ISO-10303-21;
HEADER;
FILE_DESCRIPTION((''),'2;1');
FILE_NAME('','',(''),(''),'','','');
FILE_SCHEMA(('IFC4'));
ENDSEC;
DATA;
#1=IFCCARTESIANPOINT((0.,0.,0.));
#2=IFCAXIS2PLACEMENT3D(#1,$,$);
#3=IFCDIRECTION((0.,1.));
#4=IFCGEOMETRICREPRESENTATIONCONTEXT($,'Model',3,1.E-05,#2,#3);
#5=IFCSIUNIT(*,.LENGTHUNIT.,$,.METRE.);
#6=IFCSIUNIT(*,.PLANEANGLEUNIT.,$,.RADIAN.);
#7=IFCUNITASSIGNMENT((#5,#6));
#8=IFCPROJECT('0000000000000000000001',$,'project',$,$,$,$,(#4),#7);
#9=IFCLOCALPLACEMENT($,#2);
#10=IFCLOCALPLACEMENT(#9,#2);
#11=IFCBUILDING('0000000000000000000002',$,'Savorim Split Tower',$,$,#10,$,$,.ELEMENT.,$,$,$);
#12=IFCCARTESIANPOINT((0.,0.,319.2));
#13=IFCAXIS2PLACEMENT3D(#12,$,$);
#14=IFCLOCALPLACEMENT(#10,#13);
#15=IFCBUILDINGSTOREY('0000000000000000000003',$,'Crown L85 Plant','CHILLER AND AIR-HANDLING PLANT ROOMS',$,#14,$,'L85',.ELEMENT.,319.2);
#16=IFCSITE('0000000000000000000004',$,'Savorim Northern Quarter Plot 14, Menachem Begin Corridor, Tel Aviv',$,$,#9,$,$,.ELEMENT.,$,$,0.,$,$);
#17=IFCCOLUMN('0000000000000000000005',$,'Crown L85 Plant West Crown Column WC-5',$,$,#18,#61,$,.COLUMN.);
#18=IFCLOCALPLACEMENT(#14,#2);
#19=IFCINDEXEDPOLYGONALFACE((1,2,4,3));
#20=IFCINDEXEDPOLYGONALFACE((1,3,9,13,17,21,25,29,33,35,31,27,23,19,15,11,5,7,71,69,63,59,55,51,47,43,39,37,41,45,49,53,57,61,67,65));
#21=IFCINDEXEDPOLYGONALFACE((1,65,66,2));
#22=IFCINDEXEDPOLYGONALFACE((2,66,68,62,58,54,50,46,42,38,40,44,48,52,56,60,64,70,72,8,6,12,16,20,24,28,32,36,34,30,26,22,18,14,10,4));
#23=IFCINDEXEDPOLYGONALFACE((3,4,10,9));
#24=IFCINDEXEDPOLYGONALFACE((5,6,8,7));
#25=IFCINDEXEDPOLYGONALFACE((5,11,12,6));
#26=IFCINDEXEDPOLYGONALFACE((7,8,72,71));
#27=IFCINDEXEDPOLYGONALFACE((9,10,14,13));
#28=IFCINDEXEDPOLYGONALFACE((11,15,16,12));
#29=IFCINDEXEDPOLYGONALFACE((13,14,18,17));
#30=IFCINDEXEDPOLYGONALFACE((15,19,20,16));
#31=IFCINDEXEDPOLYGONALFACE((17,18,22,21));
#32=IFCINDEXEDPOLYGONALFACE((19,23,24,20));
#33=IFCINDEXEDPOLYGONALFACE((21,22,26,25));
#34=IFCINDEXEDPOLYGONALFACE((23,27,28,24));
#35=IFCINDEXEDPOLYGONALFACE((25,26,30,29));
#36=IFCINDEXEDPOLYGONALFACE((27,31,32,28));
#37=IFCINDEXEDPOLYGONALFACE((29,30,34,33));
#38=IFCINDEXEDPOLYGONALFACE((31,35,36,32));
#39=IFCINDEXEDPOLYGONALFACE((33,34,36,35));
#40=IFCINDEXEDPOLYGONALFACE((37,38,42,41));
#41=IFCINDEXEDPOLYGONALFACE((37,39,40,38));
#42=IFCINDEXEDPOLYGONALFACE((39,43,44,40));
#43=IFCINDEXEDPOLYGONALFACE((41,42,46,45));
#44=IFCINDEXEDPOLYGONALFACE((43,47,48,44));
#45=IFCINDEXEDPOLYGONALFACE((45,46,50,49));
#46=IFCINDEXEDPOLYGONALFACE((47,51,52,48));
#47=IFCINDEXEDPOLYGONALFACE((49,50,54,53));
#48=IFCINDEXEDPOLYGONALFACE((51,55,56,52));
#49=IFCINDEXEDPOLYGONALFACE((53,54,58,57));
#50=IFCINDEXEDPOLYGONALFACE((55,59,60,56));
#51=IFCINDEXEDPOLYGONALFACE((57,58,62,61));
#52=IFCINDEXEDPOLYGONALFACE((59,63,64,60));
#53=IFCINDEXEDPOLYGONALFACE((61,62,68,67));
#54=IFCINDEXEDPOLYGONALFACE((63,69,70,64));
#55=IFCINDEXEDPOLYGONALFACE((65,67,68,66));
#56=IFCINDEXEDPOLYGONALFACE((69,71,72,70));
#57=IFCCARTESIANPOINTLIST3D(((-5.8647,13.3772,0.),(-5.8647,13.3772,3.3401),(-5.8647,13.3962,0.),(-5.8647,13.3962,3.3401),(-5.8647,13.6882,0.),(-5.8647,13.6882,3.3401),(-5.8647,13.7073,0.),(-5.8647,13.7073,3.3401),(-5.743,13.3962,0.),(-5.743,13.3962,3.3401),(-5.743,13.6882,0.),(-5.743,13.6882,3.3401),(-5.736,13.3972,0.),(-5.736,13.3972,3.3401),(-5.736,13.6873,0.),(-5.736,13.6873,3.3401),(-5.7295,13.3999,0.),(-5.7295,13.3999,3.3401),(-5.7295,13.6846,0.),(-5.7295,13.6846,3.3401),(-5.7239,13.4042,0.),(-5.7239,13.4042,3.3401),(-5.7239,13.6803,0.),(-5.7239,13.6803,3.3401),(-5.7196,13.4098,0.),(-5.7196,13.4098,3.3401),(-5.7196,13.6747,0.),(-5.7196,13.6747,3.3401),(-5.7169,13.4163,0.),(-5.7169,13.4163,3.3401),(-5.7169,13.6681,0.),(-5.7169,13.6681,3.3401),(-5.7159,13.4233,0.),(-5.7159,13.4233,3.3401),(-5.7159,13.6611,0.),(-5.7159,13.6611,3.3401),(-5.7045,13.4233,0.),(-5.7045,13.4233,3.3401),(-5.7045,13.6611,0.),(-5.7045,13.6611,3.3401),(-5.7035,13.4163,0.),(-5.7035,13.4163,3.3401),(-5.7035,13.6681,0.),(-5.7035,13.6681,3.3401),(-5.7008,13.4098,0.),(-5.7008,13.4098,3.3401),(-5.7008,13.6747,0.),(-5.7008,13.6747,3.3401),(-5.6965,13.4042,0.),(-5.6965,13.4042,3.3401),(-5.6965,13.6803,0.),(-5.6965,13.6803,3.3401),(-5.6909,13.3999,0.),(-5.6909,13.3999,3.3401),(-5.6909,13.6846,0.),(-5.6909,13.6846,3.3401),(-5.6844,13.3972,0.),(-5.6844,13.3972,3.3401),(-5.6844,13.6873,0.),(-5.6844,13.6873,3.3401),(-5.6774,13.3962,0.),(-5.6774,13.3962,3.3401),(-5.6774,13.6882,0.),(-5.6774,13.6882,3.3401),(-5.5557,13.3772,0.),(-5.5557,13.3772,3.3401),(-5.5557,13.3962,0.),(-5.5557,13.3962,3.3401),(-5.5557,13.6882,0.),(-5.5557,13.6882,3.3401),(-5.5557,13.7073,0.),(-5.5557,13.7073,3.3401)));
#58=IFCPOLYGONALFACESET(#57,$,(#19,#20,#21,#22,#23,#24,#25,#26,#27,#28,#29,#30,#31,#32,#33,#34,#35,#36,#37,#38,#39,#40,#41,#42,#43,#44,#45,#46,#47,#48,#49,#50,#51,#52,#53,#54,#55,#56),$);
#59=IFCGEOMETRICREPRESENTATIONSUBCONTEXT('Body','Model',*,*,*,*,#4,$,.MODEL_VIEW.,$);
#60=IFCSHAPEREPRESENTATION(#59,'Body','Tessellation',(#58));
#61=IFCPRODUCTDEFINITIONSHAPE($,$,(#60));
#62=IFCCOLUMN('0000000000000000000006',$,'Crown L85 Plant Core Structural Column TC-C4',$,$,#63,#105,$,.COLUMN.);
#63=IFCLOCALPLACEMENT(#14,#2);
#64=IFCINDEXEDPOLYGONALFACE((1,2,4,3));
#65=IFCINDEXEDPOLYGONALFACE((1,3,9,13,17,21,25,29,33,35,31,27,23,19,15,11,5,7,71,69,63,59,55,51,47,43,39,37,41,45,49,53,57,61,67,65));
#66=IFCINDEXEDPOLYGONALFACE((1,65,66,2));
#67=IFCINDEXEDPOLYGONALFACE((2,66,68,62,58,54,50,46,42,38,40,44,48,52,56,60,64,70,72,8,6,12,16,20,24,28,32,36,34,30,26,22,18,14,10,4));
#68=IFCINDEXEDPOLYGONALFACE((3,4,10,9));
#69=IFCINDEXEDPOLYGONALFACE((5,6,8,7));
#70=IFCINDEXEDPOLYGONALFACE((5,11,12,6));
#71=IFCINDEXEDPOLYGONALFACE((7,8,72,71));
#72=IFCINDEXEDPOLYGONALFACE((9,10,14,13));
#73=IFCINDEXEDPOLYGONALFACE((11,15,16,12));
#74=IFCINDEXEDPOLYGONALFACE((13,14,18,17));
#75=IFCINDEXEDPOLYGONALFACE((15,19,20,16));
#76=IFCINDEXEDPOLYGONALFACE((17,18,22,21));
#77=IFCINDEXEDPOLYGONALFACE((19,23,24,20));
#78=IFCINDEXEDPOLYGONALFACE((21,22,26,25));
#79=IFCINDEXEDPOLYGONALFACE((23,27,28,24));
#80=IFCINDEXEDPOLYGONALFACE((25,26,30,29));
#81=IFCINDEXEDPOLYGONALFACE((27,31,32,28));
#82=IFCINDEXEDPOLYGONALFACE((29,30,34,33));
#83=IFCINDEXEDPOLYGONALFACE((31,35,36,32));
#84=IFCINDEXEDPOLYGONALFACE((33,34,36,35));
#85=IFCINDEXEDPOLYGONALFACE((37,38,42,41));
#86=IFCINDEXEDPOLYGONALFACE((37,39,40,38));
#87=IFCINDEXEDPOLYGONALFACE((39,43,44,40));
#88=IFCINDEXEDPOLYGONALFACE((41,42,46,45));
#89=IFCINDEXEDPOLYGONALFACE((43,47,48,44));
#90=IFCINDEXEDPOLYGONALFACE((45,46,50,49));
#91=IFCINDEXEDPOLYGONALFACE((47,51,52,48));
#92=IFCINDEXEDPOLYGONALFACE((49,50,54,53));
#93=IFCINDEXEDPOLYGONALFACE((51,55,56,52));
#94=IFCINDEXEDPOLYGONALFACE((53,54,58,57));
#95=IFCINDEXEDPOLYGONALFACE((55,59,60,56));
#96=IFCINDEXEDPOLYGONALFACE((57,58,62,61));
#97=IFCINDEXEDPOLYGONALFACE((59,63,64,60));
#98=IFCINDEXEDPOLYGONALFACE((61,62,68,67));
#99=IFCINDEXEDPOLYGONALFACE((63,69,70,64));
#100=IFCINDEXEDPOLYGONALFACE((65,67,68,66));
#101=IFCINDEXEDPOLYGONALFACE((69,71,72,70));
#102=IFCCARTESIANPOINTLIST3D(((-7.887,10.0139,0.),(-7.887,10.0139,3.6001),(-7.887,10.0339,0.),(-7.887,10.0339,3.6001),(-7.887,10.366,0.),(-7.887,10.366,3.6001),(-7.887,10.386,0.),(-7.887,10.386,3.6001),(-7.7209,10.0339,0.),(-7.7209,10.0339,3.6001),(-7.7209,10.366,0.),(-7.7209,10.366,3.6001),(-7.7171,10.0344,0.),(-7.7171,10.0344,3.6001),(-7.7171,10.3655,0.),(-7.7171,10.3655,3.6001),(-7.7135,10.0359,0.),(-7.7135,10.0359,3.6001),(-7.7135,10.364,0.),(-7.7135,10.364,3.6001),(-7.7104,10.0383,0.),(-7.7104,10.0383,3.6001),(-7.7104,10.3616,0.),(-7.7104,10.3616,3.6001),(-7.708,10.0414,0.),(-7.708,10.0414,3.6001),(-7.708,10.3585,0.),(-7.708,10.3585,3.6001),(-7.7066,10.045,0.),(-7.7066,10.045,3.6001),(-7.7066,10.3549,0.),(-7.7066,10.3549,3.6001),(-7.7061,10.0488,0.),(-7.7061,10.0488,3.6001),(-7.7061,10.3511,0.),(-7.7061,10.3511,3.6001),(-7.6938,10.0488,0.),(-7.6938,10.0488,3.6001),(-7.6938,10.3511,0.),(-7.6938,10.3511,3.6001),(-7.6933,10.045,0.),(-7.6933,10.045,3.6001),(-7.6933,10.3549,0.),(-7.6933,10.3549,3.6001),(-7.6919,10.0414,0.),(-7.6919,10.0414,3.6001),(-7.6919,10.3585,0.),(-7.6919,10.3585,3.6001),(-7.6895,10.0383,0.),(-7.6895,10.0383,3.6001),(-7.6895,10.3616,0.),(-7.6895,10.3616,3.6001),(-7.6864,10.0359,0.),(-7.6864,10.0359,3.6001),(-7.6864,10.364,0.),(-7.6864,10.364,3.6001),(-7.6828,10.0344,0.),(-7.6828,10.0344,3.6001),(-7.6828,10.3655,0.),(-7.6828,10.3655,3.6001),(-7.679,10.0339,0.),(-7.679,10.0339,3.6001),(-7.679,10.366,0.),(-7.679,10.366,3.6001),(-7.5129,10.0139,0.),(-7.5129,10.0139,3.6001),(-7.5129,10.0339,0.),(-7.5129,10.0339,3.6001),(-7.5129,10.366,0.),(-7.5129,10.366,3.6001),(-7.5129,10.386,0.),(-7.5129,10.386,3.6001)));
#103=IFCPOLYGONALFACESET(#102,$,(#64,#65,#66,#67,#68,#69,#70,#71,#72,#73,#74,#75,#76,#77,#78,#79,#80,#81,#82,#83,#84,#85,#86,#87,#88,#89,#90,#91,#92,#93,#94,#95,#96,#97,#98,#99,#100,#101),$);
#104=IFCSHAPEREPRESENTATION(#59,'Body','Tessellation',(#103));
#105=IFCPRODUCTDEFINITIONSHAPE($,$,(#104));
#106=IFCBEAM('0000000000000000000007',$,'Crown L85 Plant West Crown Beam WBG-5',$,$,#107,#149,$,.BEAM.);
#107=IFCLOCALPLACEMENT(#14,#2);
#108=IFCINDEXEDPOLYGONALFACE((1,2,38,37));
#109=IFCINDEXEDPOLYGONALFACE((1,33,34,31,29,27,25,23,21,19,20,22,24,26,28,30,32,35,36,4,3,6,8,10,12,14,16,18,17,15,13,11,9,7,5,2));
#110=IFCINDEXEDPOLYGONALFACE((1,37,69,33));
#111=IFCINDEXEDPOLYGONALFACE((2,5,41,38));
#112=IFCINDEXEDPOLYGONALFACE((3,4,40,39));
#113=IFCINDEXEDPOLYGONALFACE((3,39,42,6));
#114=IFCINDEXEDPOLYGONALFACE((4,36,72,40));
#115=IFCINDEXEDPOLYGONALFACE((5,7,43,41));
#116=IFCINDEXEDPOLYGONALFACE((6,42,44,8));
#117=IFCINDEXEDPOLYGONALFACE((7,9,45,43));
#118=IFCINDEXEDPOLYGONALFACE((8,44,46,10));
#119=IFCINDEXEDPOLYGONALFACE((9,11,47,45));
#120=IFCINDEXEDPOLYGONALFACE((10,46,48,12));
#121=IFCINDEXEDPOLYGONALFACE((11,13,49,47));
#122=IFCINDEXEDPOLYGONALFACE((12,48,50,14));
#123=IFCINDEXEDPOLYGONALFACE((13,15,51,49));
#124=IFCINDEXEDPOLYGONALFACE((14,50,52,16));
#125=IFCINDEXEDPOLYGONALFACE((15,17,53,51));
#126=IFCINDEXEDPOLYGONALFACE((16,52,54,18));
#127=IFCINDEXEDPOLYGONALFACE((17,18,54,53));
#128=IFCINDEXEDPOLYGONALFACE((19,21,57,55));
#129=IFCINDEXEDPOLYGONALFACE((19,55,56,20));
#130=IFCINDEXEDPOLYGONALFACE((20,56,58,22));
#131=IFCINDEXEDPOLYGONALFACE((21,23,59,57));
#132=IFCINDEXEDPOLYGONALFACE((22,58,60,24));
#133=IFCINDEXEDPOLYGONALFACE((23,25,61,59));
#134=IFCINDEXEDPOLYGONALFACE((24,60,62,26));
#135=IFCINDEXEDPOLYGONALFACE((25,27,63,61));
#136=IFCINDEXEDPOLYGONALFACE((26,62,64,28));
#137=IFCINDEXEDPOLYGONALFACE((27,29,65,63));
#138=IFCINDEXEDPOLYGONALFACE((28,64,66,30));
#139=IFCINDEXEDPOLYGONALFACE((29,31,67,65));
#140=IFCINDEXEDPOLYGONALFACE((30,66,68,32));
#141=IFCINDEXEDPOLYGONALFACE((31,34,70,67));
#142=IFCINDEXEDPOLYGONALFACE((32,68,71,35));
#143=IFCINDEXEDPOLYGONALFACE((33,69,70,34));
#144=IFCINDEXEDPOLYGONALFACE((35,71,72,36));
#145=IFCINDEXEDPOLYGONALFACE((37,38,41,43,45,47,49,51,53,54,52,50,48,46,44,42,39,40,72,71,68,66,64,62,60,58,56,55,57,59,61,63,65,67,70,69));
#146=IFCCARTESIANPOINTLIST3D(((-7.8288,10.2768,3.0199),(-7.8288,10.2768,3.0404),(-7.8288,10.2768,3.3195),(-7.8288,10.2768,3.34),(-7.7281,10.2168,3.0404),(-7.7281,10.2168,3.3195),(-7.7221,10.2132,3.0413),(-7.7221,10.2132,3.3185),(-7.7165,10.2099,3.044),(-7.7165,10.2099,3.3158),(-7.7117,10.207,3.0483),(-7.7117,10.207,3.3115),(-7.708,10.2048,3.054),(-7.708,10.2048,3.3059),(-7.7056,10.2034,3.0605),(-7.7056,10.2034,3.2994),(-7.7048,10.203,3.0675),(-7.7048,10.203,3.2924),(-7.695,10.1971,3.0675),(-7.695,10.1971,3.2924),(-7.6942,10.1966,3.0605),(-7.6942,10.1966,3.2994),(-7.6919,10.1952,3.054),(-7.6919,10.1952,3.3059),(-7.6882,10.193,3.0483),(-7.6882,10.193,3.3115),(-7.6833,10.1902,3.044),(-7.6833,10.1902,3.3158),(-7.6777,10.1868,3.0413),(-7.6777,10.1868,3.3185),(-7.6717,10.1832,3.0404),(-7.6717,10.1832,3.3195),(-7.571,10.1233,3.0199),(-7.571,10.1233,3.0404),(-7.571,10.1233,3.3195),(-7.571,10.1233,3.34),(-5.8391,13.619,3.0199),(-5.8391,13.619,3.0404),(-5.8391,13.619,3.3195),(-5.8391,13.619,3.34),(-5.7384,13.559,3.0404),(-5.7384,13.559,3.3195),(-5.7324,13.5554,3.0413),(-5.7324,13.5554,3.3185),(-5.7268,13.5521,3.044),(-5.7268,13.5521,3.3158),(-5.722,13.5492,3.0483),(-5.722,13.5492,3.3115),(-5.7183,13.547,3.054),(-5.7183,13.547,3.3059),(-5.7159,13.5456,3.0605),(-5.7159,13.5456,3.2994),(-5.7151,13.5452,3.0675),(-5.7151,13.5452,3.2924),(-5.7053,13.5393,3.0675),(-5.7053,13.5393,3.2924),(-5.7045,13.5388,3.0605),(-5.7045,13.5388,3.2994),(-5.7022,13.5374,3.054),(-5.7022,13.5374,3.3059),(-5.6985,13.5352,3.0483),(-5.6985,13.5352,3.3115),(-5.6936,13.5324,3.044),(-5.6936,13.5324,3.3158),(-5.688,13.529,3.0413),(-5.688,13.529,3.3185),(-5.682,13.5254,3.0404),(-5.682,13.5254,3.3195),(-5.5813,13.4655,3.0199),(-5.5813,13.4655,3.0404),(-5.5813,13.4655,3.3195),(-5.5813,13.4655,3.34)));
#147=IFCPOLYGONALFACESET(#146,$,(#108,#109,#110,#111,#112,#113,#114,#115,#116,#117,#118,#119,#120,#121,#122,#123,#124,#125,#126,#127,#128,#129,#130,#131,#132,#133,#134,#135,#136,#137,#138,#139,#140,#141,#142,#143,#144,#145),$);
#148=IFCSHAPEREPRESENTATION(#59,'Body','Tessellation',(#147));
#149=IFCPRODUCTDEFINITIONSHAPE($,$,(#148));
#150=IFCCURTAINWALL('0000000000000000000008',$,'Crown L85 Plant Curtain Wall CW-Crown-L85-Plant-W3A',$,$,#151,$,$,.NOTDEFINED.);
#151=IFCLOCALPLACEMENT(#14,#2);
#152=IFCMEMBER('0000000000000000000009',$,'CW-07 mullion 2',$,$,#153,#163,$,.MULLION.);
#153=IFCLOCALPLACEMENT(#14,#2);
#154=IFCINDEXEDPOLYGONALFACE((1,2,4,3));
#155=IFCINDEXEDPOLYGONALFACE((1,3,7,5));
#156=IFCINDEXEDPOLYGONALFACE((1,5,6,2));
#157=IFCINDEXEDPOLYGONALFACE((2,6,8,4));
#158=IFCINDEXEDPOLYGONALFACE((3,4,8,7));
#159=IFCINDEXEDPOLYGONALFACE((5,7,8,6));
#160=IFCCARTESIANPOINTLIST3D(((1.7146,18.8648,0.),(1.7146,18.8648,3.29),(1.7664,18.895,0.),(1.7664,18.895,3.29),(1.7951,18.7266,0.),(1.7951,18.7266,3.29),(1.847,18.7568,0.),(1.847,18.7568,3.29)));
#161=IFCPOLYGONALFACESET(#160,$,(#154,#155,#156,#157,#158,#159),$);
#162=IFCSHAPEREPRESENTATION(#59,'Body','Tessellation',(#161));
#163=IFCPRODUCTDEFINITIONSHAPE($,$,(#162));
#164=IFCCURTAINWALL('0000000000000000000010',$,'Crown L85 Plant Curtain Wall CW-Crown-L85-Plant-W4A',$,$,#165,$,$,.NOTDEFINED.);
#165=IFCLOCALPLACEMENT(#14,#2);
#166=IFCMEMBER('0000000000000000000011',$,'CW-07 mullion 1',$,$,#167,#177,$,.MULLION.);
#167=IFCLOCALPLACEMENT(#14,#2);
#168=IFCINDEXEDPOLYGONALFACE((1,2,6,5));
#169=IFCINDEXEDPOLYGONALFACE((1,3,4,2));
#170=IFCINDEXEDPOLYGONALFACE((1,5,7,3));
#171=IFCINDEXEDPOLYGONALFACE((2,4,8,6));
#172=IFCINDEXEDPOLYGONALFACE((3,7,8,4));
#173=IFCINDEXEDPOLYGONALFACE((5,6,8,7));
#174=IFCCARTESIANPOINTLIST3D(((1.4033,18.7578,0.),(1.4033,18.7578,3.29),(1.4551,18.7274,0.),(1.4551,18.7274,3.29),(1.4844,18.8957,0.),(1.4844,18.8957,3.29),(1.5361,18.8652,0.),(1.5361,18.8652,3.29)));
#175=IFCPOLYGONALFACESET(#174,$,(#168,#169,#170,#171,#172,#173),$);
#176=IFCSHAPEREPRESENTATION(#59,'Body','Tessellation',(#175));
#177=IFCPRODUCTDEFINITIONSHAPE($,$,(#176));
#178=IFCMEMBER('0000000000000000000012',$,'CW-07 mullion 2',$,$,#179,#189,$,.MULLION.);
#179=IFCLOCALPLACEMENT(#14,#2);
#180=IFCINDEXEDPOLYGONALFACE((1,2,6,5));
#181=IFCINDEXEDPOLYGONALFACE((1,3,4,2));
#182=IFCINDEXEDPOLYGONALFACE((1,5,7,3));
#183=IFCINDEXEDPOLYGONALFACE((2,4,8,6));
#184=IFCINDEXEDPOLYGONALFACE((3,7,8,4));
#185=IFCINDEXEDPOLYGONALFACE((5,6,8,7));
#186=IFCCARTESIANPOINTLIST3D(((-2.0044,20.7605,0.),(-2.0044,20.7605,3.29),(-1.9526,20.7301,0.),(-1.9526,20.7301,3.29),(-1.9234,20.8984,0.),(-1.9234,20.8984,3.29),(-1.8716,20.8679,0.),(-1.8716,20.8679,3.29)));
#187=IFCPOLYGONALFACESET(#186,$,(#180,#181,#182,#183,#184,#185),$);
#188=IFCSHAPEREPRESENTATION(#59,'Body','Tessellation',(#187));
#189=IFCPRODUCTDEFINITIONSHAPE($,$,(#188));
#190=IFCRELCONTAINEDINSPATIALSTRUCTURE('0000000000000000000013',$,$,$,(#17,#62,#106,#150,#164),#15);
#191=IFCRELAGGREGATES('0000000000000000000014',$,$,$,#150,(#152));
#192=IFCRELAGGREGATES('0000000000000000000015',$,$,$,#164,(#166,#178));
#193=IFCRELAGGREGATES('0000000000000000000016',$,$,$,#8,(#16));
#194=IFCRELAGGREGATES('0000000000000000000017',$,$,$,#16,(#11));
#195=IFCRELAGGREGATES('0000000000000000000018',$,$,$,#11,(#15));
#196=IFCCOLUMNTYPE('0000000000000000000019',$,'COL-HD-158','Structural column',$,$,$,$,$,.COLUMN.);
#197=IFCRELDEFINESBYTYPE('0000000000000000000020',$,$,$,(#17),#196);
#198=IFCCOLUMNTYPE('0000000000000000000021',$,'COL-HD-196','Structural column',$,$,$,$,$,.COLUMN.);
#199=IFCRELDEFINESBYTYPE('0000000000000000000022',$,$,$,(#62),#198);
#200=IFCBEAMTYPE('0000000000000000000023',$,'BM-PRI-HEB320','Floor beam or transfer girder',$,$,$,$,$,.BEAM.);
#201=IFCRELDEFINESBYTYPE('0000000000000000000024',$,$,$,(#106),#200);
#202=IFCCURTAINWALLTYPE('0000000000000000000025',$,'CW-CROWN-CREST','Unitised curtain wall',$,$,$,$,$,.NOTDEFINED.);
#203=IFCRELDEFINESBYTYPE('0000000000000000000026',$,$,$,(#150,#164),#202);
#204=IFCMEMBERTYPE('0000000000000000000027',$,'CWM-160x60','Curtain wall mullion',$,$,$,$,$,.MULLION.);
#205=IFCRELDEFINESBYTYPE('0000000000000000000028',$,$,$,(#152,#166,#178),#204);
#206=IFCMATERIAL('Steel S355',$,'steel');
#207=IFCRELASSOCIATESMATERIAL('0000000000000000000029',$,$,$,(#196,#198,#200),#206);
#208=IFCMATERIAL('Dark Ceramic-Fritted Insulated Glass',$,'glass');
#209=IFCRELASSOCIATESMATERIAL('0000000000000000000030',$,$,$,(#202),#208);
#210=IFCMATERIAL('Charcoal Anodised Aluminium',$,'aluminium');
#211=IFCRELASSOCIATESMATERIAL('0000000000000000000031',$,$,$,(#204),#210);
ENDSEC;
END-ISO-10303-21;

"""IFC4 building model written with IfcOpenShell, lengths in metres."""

from ifc_helpers import new_model, si_unit, direction, frame, origin, origin_2d, place, context, subcontext, project, spatial, rectangle, i_section, extrude, material, material_profile, profile_set, type_object, element, aggregate, save


model = new_model("IFC4")

# Units and contexts
model_context = context("Model", 3, precision=1e-05, world=origin(), true_north=direction((0.0, 1.0)))
body_context = subcontext(model_context, "Body", "Model", "MODEL_VIEW")
ifc_project = project(units=[si_unit("LENGTHUNIT", "METRE"), si_unit("PLANEANGLEUNIT", "RADIAN")], contexts=[model_context])

# Site, building, storey
site_placement = place(None, origin())
site = spatial("IfcSite", under=ifc_project, at=site_placement, Name="Savorim Northern Quarter Plot 14, Menachem Begin Corridor, Tel Aviv", CompositionType="ELEMENT", RefElevation=0.0)
building_placement = place(site_placement, origin())
building = spatial("IfcBuilding", under=site, at=building_placement, Name="Savorim Split Tower", CompositionType="ELEMENT")
storey_placement = place(building_placement, frame((0.0, 0.0, 319.2)))
storey = spatial("IfcBuildingStorey", under=building, at=storey_placement, Name="Crown L85 Plant", Description="CHILLER AND AIR-HANDLING PLANT ROOMS", LongName="L85", CompositionType="ELEMENT", Elevation=319.2)

# Columns
ifc_material_1 = material(Name="Steel S355", Category="steel")
ifc_material_profile_1 = material_profile(ifc_material_1, i_section(OverallWidth=0.3091, OverallDepth=0.3301, WebThickness=0.0115, FlangeThickness=0.019, FilletRadius=0.0271, at=origin_2d()), Name="HD 320x158")
ifc_profile_set_1 = profile_set([ifc_material_profile_1], Name="Steel S355")
column_type_1 = type_object("IfcColumnType", Name="COL-HD-158", Description="Structural column", PredefinedType="COLUMN", material=ifc_profile_set_1)
column_1_placement = place(storey_placement, frame((-5.7102, 13.5422, 0.0), z_axis=(0.0, 0.0, 1.0), x_axis=(1.0, 0.0, 0.0)))
element("IfcColumn", 1, at=column_1_placement, inside=storey, type_object=column_type_1, Name="Crown L85 Plant West Crown Column WC-5", PredefinedType="COLUMN", context=body_context, shape_type="SweptSolid", body=[
    extrude(i_section(OverallWidth=0.3091, OverallDepth=0.3301, WebThickness=0.0115, FlangeThickness=0.019, FilletRadius=0.0271, at=origin_2d()), origin(), (0.0, 0.0, 1.0), 3.3401),
])
ifc_material_profile_2 = material_profile(ifc_material_1, i_section(OverallWidth=0.374, OverallDepth=0.3721, WebThickness=0.0122, FlangeThickness=0.02, FilletRadius=0.0149, at=origin_2d()), Name="HD 360x196")
ifc_profile_set_2 = profile_set([ifc_material_profile_2], Name="Steel S355")
column_type_2 = type_object("IfcColumnType", Name="COL-HD-196", Description="Structural column", PredefinedType="COLUMN", material=ifc_profile_set_2)
column_2_placement = place(storey_placement, frame((-7.7, 10.2, 0.0), z_axis=(0.0, 0.0, 1.0), x_axis=(1.0, 0.0, 0.0)))
element("IfcColumn", 2, at=column_2_placement, inside=storey, type_object=column_type_2, Name="Crown L85 Plant Core Structural Column TC-C4", PredefinedType="COLUMN", context=body_context, shape_type="SweptSolid", body=[
    extrude(i_section(OverallWidth=0.374, OverallDepth=0.3721, WebThickness=0.0122, FlangeThickness=0.02, FilletRadius=0.0149, at=origin_2d()), origin(), (0.0, 0.0, 1.0), 3.6001),
])

# Beam
ifc_material_profile_3 = material_profile(ifc_material_1, i_section(OverallWidth=0.3, OverallDepth=0.3201, WebThickness=0.0115, FlangeThickness=0.0205, FilletRadius=0.0271, at=origin_2d()), Name="HEB 320")
ifc_profile_set_3 = profile_set([ifc_material_profile_3], Name="Steel S355")
beam_type = type_object("IfcBeamType", Name="BM-PRI-HEB320", Description="Floor beam or transfer girder", PredefinedType="BEAM", material=ifc_profile_set_3)
beam_placement = place(storey_placement, frame((-5.7102, 13.5422, 3.1799), z_axis=(-0.511539, -0.85926, 0.0), x_axis=(0.85926, -0.511539, 0.0)))
element("IfcBeam", 3, at=beam_placement, inside=storey, type_object=beam_type, Name="Crown L85 Plant West Crown Beam WBG-5", PredefinedType="BEAM", context=body_context, shape_type="SweptSolid", body=[
    extrude(i_section(OverallWidth=0.3, OverallDepth=0.3201, WebThickness=0.0115, FlangeThickness=0.0205, FilletRadius=0.0271, at=origin_2d()), origin(), (0.0, 0.0, 1.0), 3.8896),
])

# Curtain wall, member
ifc_material_2 = material(Name="Dark Ceramic-Fritted Insulated Glass", Category="glass")
curtain_wall_type = type_object("IfcCurtainWallType", Name="CW-CROWN-CREST", Description="Unitised curtain wall", PredefinedType="NOTDEFINED", material=ifc_material_2)
curtain_wall_1_placement = place(storey_placement, origin())
curtain_wall_1 = element("IfcCurtainWall", 4, at=curtain_wall_1_placement, inside=storey, type_object=curtain_wall_type, Name="Crown L85 Plant Curtain Wall CW-Crown-L85-Plant-W3A", PredefinedType="NOTDEFINED")
ifc_material_3 = material(Name="Charcoal Anodised Aluminium", Category="aluminium")
ifc_material_profile_4 = material_profile(ifc_material_3, rectangle(XDim=0.1599, YDim=0.0601, at=origin_2d()), Name="ALU-M 160x60")
ifc_profile_set_4 = profile_set([ifc_material_profile_4], Name="Charcoal Anodised Aluminium")
member_type_1 = type_object("IfcMemberType", Name="CWM-160x60", Description="Curtain wall mullion", PredefinedType="MULLION", material=ifc_profile_set_4)
member_1_placement = place(storey_placement, frame((1.7808, 18.8108, 0.0), z_axis=(0.0, 0.0, 1.0), x_axis=(0.503516, -0.863986, 0.0)))
member_1 = element("IfcMember", 5, at=member_1_placement, type_object=member_type_1, Name="CW-07 mullion 2", PredefinedType="MULLION", context=body_context, shape_type="SweptSolid", body=[
    extrude(rectangle(XDim=0.1599, YDim=0.0601, at=origin_2d()), origin(), (0.0, 0.0, 1.0), 3.29),
])

# Curtain wall, members
curtain_wall_2_placement = place(storey_placement, origin())
curtain_wall_2 = element("IfcCurtainWall", 6, at=curtain_wall_2_placement, inside=storey, type_object=curtain_wall_type, Name="Crown L85 Plant Curtain Wall CW-Crown-L85-Plant-W4A", PredefinedType="NOTDEFINED")
member_2_placement = place(storey_placement, frame((1.4697, 18.8115, 0.0), z_axis=(0.0, 0.0, 1.0), x_axis=(-0.506698, -0.862124, 0.0)))
member_2 = element("IfcMember", 7, at=member_2_placement, type_object=member_type_1, Name="CW-07 mullion 1", PredefinedType="MULLION", context=body_context, shape_type="SweptSolid", body=[
    extrude(rectangle(XDim=0.1599, YDim=0.0601, at=origin_2d()), origin(), (0.0, 0.0, 1.0), 3.29),
])
member_3_placement = place(storey_placement, frame((-1.938, 20.8142, 0.0), z_axis=(0.0, 0.0, 1.0), x_axis=(-0.506698, -0.862124, 0.0)))
member_3 = element("IfcMember", 8, at=member_3_placement, type_object=member_type_1, Name="CW-07 mullion 2", PredefinedType="MULLION", context=body_context, shape_type="SweptSolid", body=[
    extrude(rectangle(XDim=0.1599, YDim=0.0601, at=origin_2d()), origin(), (0.0, 0.0, 1.0), 3.29),
])

aggregate(curtain_wall_1, [member_1])
aggregate(curtain_wall_2, [member_2, member_3])

save(model, "model.ifc")
